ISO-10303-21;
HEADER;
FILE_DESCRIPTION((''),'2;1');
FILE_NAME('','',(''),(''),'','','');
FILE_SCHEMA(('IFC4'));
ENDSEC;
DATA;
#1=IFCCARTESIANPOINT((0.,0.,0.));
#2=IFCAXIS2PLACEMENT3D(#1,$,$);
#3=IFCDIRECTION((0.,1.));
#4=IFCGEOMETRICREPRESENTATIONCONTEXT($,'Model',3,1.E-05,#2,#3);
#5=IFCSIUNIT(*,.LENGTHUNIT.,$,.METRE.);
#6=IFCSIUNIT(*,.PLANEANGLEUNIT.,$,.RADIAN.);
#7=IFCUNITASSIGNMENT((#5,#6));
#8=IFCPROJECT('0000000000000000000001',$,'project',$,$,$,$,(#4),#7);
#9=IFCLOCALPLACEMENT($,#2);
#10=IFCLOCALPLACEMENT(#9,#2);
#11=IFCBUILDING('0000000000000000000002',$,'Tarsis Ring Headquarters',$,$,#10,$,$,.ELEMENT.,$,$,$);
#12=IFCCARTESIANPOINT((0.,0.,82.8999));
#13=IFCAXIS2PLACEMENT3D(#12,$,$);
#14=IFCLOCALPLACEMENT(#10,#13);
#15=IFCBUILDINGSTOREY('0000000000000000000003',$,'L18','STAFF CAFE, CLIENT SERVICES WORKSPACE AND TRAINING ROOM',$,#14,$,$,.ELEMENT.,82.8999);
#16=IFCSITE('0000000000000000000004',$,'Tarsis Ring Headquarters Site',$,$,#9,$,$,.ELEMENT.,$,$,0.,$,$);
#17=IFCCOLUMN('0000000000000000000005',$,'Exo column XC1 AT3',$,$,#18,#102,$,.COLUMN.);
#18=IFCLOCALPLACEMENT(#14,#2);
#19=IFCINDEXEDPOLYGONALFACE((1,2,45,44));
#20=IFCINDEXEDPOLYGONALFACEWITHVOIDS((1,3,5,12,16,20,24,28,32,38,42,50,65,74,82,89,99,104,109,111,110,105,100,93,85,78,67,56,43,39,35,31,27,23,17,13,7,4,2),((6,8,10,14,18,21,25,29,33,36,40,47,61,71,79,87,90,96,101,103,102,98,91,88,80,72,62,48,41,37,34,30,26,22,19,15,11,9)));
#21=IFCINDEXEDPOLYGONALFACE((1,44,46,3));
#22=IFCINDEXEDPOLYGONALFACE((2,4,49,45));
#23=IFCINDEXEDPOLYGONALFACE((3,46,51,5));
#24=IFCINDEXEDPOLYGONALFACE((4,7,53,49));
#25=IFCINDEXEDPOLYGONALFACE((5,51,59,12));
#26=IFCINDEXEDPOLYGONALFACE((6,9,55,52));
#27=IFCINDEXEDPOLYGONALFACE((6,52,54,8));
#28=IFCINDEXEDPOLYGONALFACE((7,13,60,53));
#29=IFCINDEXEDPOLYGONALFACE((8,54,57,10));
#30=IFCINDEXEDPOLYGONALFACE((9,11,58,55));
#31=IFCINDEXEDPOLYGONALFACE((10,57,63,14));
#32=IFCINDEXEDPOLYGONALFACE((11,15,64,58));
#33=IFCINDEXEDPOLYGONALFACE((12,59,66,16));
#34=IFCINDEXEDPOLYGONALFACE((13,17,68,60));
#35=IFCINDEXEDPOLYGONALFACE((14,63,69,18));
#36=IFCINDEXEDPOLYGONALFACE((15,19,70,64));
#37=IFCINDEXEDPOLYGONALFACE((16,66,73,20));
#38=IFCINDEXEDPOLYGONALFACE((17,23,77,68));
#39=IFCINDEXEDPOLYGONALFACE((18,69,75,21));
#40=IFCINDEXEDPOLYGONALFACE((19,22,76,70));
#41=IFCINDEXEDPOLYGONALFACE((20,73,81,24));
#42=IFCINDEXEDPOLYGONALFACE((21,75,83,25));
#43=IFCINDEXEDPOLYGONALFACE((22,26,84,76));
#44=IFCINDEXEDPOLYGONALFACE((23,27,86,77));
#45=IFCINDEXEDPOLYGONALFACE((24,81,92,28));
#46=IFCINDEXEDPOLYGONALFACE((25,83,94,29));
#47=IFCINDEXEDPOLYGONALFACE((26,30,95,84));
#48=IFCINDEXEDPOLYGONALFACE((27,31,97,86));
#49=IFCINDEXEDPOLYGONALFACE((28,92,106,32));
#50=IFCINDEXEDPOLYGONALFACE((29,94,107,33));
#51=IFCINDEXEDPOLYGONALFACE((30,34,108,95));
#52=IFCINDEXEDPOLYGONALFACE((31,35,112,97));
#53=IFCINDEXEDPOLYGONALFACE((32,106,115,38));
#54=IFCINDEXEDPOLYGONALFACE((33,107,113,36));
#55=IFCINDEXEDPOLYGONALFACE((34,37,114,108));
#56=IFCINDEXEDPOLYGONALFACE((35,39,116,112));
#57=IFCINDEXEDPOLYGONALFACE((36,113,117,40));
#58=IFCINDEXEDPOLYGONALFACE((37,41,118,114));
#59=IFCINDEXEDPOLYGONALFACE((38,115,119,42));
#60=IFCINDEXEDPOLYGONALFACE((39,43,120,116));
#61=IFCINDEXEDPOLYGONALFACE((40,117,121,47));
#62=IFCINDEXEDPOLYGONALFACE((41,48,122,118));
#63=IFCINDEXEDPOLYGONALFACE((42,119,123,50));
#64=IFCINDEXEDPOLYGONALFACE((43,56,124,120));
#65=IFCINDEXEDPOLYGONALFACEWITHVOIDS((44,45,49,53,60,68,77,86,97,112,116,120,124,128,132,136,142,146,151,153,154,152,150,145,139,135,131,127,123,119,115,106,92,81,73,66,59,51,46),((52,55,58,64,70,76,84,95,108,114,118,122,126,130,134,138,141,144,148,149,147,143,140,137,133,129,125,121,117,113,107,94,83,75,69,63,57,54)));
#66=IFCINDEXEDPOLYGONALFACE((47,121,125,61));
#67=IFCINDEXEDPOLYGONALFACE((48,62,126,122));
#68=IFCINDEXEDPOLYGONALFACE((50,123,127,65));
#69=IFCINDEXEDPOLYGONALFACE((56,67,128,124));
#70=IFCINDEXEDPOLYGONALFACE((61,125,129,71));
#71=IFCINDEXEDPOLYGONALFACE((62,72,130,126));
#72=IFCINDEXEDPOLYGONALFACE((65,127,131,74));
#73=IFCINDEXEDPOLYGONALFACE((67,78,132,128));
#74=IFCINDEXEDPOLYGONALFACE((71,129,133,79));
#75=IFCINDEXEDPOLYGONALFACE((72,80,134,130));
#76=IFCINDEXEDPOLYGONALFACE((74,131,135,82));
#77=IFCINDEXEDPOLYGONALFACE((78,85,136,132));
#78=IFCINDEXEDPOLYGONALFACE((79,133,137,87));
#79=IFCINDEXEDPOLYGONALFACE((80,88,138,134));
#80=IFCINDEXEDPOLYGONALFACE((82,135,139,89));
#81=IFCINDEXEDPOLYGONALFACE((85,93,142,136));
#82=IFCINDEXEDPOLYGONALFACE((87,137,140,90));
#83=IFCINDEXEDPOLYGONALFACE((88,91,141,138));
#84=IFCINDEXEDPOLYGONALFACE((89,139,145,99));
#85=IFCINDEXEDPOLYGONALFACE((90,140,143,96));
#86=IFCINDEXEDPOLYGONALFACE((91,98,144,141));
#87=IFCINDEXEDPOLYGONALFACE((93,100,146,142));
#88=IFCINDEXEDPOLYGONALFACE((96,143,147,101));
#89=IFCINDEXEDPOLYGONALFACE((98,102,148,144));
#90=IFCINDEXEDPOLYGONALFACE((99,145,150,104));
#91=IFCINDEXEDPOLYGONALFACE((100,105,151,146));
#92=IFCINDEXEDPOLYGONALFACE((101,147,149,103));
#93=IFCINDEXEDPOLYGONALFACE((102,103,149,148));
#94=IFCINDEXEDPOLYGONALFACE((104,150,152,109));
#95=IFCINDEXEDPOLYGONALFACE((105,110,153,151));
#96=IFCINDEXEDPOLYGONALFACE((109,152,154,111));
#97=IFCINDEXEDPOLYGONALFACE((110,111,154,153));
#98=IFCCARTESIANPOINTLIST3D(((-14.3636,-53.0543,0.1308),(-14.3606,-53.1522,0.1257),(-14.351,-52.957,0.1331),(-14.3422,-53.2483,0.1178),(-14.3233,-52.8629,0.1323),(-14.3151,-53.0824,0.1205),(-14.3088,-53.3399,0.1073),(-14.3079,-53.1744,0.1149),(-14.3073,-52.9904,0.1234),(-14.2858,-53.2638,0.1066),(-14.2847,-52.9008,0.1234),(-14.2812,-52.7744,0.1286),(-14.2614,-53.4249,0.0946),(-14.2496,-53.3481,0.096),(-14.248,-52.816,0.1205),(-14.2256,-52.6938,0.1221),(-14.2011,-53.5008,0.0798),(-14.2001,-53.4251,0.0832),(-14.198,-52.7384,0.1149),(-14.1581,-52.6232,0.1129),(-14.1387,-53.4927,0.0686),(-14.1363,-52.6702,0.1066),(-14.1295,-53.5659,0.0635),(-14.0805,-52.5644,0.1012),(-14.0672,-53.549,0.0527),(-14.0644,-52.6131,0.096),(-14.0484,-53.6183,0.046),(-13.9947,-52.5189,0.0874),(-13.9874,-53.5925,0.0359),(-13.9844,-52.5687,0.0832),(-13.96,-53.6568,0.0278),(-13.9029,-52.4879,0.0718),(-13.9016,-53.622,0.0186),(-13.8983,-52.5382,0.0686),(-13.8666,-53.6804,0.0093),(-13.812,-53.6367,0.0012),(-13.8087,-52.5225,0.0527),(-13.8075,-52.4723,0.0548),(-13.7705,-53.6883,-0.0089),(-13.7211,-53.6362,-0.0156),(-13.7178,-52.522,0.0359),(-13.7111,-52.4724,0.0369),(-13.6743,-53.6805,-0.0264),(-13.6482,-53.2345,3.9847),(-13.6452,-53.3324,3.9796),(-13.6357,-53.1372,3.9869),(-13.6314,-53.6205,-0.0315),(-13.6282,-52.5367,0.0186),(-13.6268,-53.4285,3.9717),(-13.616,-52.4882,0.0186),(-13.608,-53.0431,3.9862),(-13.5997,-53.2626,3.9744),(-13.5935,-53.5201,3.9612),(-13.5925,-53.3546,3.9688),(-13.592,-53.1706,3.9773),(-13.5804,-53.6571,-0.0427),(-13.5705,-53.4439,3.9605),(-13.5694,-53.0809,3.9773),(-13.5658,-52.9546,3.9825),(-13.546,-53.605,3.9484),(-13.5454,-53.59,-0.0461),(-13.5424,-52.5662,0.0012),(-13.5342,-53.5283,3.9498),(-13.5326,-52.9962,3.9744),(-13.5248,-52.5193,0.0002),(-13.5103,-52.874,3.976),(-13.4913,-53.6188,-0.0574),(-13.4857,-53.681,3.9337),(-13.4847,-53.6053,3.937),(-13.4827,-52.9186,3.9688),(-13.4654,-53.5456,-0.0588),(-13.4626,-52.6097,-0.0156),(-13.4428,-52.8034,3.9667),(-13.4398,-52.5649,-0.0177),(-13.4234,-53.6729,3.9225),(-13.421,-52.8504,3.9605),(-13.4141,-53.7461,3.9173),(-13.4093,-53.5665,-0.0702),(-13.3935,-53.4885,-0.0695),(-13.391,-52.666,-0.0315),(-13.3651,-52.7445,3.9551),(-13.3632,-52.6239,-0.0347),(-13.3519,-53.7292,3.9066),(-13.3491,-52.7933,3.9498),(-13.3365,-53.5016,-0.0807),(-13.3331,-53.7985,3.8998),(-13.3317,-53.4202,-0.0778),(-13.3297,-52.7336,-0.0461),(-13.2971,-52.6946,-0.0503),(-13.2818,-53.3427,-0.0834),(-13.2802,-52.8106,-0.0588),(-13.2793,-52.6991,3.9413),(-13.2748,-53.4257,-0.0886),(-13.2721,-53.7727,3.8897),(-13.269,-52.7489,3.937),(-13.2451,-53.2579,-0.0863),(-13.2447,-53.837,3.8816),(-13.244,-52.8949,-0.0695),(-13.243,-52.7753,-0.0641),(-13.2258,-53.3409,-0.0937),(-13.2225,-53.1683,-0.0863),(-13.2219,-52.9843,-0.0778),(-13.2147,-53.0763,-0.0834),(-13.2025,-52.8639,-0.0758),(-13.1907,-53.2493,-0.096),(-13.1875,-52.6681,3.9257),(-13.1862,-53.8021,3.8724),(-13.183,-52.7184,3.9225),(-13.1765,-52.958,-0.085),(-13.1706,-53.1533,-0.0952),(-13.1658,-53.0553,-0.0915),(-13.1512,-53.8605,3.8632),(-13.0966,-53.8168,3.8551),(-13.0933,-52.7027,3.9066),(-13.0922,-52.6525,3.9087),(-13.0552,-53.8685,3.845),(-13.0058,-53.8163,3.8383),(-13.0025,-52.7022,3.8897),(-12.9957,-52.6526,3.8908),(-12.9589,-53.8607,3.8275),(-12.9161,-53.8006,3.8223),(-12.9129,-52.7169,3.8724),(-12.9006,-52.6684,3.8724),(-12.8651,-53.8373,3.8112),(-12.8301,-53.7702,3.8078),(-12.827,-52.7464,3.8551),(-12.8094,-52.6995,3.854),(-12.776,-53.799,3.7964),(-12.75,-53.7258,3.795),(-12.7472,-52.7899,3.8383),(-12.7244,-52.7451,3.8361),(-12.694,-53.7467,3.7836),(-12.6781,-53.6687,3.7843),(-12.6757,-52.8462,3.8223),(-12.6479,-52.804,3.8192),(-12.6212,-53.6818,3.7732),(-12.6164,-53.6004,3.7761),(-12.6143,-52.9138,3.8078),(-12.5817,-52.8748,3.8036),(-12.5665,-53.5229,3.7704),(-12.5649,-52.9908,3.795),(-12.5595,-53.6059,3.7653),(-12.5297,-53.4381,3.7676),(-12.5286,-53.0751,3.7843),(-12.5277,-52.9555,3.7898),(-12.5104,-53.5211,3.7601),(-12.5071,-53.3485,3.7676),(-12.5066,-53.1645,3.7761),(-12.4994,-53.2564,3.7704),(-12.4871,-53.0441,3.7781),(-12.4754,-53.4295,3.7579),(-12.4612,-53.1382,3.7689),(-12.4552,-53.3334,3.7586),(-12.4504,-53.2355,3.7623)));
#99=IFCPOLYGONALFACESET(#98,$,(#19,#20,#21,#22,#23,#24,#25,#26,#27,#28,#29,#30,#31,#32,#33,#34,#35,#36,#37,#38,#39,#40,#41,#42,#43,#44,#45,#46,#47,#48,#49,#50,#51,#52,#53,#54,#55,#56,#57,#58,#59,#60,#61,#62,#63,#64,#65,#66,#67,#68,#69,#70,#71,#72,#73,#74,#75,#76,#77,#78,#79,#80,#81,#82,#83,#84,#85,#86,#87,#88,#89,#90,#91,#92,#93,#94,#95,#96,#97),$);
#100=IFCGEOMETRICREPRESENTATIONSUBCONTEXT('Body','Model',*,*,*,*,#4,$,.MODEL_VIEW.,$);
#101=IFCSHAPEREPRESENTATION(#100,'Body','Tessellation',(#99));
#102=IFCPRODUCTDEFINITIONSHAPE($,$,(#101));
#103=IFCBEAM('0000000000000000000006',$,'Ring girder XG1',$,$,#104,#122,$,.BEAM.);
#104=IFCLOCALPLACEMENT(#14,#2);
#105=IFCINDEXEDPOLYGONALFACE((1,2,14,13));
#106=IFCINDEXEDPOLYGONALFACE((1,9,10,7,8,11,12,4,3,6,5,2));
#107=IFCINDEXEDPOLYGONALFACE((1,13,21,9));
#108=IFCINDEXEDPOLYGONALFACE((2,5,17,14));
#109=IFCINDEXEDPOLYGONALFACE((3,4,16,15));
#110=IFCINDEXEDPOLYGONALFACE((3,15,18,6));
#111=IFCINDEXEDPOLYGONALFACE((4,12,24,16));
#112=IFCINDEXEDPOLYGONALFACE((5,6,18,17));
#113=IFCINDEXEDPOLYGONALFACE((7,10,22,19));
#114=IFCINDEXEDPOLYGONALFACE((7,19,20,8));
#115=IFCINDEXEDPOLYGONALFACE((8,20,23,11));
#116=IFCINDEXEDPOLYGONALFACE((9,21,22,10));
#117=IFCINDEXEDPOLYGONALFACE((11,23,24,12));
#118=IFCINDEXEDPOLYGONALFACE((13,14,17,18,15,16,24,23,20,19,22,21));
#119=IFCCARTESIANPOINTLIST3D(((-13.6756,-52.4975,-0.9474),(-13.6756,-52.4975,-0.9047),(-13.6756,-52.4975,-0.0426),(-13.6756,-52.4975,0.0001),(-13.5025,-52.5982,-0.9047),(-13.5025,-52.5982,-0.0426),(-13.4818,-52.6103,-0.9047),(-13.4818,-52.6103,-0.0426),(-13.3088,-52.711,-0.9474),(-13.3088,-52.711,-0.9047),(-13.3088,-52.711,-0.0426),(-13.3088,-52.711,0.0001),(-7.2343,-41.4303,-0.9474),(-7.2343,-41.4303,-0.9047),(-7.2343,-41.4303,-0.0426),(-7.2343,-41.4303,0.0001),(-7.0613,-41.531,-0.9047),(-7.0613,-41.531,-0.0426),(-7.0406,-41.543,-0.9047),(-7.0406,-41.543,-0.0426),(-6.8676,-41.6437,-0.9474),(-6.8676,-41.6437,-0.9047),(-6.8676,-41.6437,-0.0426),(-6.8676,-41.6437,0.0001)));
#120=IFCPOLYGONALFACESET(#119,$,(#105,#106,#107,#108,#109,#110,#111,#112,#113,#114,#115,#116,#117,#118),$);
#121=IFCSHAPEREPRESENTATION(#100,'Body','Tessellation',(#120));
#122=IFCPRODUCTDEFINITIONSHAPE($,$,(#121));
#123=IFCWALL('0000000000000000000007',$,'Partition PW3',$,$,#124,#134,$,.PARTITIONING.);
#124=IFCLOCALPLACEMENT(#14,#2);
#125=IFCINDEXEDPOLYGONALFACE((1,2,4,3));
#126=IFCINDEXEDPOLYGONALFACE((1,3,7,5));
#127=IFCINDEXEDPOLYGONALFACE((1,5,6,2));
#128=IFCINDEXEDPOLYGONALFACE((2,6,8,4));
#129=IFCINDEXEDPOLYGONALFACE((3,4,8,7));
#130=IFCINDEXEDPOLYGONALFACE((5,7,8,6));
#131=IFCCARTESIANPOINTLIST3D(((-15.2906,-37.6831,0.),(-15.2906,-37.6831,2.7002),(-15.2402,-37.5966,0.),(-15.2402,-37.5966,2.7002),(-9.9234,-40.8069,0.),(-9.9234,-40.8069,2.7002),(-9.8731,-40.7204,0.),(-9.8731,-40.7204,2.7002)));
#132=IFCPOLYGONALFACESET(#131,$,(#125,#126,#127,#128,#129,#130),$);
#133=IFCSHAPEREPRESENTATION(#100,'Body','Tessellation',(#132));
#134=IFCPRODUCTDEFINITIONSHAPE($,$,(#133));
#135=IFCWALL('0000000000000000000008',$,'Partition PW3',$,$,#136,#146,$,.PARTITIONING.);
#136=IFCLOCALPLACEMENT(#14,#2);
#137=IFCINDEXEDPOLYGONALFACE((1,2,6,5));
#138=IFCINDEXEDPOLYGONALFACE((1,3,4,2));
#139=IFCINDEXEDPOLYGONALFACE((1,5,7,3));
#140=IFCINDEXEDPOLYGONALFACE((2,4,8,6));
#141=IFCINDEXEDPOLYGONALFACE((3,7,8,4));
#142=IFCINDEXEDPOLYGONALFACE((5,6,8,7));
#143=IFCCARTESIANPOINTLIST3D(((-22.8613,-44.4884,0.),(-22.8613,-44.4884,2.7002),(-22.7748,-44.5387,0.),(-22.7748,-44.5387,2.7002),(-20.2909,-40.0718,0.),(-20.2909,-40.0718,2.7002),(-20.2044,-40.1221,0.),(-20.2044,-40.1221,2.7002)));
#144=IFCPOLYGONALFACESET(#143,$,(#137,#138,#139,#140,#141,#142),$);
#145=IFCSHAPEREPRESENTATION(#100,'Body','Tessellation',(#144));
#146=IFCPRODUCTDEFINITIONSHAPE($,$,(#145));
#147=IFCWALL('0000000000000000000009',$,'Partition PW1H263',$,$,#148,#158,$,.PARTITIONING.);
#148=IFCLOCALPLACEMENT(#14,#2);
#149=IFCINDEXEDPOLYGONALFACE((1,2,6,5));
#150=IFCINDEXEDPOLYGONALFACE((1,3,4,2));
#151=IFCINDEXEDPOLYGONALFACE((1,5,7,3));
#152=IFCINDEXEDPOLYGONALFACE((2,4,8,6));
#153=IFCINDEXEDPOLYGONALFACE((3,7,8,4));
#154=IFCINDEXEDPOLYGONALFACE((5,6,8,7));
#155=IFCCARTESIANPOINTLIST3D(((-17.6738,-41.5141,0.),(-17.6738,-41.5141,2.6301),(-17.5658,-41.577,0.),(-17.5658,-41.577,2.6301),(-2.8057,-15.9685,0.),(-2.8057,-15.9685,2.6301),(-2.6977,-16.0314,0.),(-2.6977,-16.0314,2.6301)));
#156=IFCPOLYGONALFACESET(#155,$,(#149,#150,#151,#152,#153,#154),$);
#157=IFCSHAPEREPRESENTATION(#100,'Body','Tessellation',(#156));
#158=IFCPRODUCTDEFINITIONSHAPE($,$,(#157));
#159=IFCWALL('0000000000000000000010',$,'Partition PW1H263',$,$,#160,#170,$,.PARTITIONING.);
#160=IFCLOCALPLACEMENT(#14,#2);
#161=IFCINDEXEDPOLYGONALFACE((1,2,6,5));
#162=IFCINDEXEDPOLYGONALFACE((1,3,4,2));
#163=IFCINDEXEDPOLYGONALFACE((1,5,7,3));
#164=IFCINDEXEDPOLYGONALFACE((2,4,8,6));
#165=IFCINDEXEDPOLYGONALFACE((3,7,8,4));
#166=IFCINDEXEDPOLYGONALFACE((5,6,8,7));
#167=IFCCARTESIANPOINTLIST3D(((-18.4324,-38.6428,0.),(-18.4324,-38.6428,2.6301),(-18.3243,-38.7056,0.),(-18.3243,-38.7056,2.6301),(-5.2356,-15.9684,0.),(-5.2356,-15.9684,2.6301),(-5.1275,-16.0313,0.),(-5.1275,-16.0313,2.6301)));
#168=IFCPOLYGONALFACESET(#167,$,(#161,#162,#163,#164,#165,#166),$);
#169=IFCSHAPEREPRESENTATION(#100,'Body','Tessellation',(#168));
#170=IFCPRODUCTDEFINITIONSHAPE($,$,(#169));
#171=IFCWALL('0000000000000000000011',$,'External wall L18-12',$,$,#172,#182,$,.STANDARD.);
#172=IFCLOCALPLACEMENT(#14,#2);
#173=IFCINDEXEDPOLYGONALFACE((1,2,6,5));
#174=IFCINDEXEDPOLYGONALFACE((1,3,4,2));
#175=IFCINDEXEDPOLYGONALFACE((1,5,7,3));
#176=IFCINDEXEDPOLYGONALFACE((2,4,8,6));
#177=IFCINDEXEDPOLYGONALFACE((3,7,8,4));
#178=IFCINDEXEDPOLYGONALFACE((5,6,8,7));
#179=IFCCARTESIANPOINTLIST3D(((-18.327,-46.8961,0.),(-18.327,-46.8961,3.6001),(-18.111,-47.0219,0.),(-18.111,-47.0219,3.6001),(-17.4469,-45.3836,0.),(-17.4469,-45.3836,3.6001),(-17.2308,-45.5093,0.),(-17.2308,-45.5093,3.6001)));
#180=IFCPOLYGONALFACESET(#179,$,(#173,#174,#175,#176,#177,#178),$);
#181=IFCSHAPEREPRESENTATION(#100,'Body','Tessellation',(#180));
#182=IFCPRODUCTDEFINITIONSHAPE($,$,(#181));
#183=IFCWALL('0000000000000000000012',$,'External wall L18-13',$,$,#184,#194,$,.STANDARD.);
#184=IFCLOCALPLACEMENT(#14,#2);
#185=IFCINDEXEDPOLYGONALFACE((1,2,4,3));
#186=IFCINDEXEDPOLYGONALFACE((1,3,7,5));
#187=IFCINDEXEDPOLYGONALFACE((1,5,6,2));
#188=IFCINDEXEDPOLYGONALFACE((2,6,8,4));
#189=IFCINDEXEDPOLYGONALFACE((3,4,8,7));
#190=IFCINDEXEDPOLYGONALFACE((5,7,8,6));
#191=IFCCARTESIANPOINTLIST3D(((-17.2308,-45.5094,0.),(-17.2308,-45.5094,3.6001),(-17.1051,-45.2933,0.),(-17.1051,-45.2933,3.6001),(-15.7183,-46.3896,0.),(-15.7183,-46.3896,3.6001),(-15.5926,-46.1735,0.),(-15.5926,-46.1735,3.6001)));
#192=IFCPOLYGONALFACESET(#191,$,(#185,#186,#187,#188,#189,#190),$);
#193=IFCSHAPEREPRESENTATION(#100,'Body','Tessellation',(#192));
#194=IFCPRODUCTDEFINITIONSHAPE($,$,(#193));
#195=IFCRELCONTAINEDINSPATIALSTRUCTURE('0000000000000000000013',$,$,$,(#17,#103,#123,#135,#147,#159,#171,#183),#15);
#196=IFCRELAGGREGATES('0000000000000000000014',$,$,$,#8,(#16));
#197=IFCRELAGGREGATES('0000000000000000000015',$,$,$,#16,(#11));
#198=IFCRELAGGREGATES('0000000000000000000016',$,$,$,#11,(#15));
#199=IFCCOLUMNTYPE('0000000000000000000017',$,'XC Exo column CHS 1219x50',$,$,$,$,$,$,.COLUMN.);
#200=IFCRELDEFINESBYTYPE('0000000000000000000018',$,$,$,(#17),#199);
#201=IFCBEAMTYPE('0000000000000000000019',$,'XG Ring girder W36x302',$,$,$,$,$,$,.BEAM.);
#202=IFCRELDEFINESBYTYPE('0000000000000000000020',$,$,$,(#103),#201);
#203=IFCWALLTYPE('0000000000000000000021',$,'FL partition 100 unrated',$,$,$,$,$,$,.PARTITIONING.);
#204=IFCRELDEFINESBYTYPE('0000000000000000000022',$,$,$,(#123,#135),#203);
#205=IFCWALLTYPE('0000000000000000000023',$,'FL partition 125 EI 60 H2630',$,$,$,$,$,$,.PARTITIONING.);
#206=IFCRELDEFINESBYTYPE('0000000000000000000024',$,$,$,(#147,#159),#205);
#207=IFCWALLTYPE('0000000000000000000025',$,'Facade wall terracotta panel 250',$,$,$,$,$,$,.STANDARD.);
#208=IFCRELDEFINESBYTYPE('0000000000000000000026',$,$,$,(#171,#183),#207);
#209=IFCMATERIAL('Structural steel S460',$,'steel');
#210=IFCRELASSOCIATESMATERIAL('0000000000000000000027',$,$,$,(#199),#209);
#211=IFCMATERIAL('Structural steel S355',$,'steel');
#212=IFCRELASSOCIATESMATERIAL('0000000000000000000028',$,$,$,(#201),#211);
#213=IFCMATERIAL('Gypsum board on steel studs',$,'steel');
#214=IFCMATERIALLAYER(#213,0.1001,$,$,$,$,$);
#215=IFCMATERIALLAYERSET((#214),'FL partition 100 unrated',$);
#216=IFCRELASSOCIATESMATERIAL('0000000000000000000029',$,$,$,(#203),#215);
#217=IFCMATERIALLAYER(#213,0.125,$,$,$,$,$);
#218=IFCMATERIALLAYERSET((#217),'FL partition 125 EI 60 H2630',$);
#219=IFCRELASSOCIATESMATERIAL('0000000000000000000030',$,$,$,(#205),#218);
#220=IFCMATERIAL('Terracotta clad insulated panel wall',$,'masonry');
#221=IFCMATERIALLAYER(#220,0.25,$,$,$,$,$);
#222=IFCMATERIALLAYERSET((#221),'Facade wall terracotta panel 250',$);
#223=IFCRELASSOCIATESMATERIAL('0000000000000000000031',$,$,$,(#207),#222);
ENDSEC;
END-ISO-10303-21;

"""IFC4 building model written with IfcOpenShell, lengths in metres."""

from ifc_helpers import new_model, si_unit, direction, frame, frame_2d, origin, origin_2d, place, context, subcontext, project, spatial, rectangle, hollow_circle, i_section, extrude, material, layer, layer_set, material_profile, profile_set, type_object, element, save


model = new_model("IFC4")

# Units and contexts
model_context = context("Model", 3, precision=1e-05, world=origin(), true_north=direction((0.0, 1.0)))
body_context = subcontext(model_context, "Body", "Model", "MODEL_VIEW")
ifc_project = project(units=[si_unit("LENGTHUNIT", "METRE"), si_unit("PLANEANGLEUNIT", "RADIAN")], contexts=[model_context])

# Site, building, storey
site_placement = place(None, origin())
site = spatial("IfcSite", under=ifc_project, at=site_placement, Name="Tarsis Ring Headquarters Site", CompositionType="ELEMENT", RefElevation=0.0)
building_placement = place(site_placement, origin())
building = spatial("IfcBuilding", under=site, at=building_placement, Name="Tarsis Ring Headquarters", CompositionType="ELEMENT")
storey_placement = place(building_placement, frame((0.0, 0.0, 82.8999)))
storey = spatial("IfcBuildingStorey", under=building, at=storey_placement, Name="L18", Description="STAFF CAFE, CLIENT SERVICES WORKSPACE AND TRAINING ROOM", CompositionType="ELEMENT", Elevation=82.8999)

# Column
ifc_material_1 = material(Name="Structural steel S460", Category="steel")
ifc_material_profile_1 = material_profile(ifc_material_1, hollow_circle(Radius=0.6096, WallThickness=0.05, at=origin_2d()), Name="CHS 1219x50")
ifc_profile_set_1 = profile_set([ifc_material_profile_1], Name="Structural steel S460")
column_type = type_object("IfcColumnType", Name="XC Exo column CHS 1219x50", PredefinedType="COLUMN", material=ifc_profile_set_1)
column_placement = place(storey_placement, frame((-13.7649, -53.0793, 0.0186), z_axis=(0.182309, -0.04592, 0.982168), x_axis=(0.244248, 0.969713, 0.0)))
element("IfcColumn", 1, at=column_placement, inside=storey, type_object=column_type, Name="Exo column XC1 AT3", PredefinedType="COLUMN", context=body_context, shape_type="SweptSolid", body=[
    extrude(hollow_circle(Radius=0.6096, WallThickness=0.05, at=origin_2d()), origin(), (0.0, 0.0, 1.0), 3.9238),
])

# Beam
ifc_material_2 = material(Name="Structural steel S355", Category="steel")
ifc_material_profile_2 = material_profile(ifc_material_2, i_section(OverallWidth=0.4243, OverallDepth=0.9475, WebThickness=0.0239, FlangeThickness=0.0427, at=origin_2d()), Name="W36x302")
ifc_profile_set_2 = profile_set([ifc_material_profile_2], Name="Structural steel S355")
beam_type = type_object("IfcBeamType", Name="XG Ring girder W36x302", PredefinedType="BEAM", material=ifc_profile_set_2)
beam_placement = place(storey_placement, frame((-13.4922, -52.6042, -0.4736), z_axis=(0.503016, 0.864277, 0.0), x_axis=(-0.864277, 0.503016, 0.0)))
element("IfcBeam", 2, at=beam_placement, inside=storey, type_object=beam_type, Name="Ring girder XG1", PredefinedType="BEAM", context=body_context, shape_type="SweptSolid", body=[
    extrude(i_section(OverallWidth=0.4243, OverallDepth=0.9475, WebThickness=0.0239, FlangeThickness=0.0427, at=origin_2d()), origin(), (0.0, 0.0, 1.0), 12.8052),
])

# Walls
ifc_material_3 = material(Name="Gypsum board on steel studs", Category="steel")
ifc_layer_1 = layer(ifc_material_3, 0.1001)
ifc_layer_set_1 = layer_set([ifc_layer_1], Name="FL partition 100 unrated")
wall_type_1 = type_object("IfcWallType", Name="FL partition 100 unrated", PredefinedType="PARTITIONING", material=ifc_layer_set_1)
wall_1_placement = place(storey_placement, frame((-15.2654, -37.6399, 0.0), z_axis=(0.0, 0.0, 1.0), x_axis=(0.864275, -0.50302, 0.0)))
element("IfcWall", 3, at=wall_1_placement, inside=storey, type_object=wall_type_1, Name="Partition PW3", PredefinedType="PARTITIONING", context=body_context, shape_type="SweptSolid", body=[
    extrude(rectangle(XDim=6.21, YDim=0.1001, at=frame_2d((3.105, 0.0))), origin(), (0.0, 0.0, 1.0), 2.7002),
])
wall_2_placement = place(storey_placement, frame((-22.8181, -44.5137, 0.0), z_axis=(0.0, 0.0, 1.0), x_axis=(0.502997, 0.864288, 0.0)))
element("IfcWall", 4, at=wall_2_placement, inside=storey, type_object=wall_type_1, Name="Partition PW3", PredefinedType="PARTITIONING", context=body_context, shape_type="SweptSolid", body=[
    extrude(rectangle(XDim=5.1101, YDim=0.1001, at=frame_2d((2.5552, 0.0))), origin(), (0.0, 0.0, 1.0), 2.7002),
])
ifc_layer_2 = layer(ifc_material_3, 0.125)
ifc_layer_set_2 = layer_set([ifc_layer_2], Name="FL partition 125 EI 60 H2630")
wall_type_2 = type_object("IfcWallType", Name="FL partition 125 EI 60 H2630", PredefinedType="PARTITIONING", material=ifc_layer_set_2)
wall_3_placement = place(storey_placement, frame((-17.6199, -41.5457, 0.0), z_axis=(0.0, 0.0, 1.0), x_axis=(0.503026, 0.864271, 0.0)))
element("IfcWall", 5, at=wall_3_placement, inside=storey, type_object=wall_type_2, Name="Partition PW1H263", PredefinedType="PARTITIONING", context=body_context, shape_type="SweptSolid", body=[
    extrude(rectangle(XDim=29.5574, YDim=0.125, at=frame_2d((14.7788, 0.0))), origin(), (0.0, 0.0, 1.0), 2.6301),
])
wall_4_placement = place(storey_placement, frame((-18.3784, -38.6743, 0.0), z_axis=(0.0, 0.0, 1.0), x_axis=(0.50302, 0.864275, 0.0)))
element("IfcWall", 6, at=wall_4_placement, inside=storey, type_object=wall_type_2, Name="Partition PW1H263", PredefinedType="PARTITIONING", context=body_context, shape_type="SweptSolid", body=[
    extrude(rectangle(XDim=26.2351, YDim=0.125, at=frame_2d((13.1177, 0.0))), origin(), (0.0, 0.0, 1.0), 2.6301),
])
ifc_material_4 = material(Name="Terracotta clad insulated panel wall", Category="masonry")
ifc_layer_3 = layer(ifc_material_4, 0.25)
ifc_layer_set_3 = layer_set([ifc_layer_3], Name="Facade wall terracotta panel 250")
wall_type_3 = type_object("IfcWallType", Name="Facade wall terracotta panel 250", PredefinedType="STANDARD", material=ifc_layer_set_3)
for number, where, z_axis, x_axis, name in (
    (7, (-18.219, -46.959, 0.0), (0.0, 0.0, 1.0), (0.50296, 0.86431, 0.0), "External wall L18-12"),
    (8, (-17.168, -45.4014, 0.0), (0.0, 0.0, 1.0), (0.86431, -0.50296, 0.0), "External wall L18-13"),
):
    element("IfcWall", number, at=place(storey_placement, frame(where, z_axis=z_axis, x_axis=x_axis)), inside=storey, type_object=wall_type_3, Name=name, PredefinedType="STANDARD", context=body_context, shape_type="SweptSolid", body=[
        extrude(rectangle(XDim=1.75, YDim=0.25, at=frame_2d((0.875, 0.0))), origin(), (0.0, 0.0, 1.0), 3.6001),
    ])

save(model, "model.ifc")
